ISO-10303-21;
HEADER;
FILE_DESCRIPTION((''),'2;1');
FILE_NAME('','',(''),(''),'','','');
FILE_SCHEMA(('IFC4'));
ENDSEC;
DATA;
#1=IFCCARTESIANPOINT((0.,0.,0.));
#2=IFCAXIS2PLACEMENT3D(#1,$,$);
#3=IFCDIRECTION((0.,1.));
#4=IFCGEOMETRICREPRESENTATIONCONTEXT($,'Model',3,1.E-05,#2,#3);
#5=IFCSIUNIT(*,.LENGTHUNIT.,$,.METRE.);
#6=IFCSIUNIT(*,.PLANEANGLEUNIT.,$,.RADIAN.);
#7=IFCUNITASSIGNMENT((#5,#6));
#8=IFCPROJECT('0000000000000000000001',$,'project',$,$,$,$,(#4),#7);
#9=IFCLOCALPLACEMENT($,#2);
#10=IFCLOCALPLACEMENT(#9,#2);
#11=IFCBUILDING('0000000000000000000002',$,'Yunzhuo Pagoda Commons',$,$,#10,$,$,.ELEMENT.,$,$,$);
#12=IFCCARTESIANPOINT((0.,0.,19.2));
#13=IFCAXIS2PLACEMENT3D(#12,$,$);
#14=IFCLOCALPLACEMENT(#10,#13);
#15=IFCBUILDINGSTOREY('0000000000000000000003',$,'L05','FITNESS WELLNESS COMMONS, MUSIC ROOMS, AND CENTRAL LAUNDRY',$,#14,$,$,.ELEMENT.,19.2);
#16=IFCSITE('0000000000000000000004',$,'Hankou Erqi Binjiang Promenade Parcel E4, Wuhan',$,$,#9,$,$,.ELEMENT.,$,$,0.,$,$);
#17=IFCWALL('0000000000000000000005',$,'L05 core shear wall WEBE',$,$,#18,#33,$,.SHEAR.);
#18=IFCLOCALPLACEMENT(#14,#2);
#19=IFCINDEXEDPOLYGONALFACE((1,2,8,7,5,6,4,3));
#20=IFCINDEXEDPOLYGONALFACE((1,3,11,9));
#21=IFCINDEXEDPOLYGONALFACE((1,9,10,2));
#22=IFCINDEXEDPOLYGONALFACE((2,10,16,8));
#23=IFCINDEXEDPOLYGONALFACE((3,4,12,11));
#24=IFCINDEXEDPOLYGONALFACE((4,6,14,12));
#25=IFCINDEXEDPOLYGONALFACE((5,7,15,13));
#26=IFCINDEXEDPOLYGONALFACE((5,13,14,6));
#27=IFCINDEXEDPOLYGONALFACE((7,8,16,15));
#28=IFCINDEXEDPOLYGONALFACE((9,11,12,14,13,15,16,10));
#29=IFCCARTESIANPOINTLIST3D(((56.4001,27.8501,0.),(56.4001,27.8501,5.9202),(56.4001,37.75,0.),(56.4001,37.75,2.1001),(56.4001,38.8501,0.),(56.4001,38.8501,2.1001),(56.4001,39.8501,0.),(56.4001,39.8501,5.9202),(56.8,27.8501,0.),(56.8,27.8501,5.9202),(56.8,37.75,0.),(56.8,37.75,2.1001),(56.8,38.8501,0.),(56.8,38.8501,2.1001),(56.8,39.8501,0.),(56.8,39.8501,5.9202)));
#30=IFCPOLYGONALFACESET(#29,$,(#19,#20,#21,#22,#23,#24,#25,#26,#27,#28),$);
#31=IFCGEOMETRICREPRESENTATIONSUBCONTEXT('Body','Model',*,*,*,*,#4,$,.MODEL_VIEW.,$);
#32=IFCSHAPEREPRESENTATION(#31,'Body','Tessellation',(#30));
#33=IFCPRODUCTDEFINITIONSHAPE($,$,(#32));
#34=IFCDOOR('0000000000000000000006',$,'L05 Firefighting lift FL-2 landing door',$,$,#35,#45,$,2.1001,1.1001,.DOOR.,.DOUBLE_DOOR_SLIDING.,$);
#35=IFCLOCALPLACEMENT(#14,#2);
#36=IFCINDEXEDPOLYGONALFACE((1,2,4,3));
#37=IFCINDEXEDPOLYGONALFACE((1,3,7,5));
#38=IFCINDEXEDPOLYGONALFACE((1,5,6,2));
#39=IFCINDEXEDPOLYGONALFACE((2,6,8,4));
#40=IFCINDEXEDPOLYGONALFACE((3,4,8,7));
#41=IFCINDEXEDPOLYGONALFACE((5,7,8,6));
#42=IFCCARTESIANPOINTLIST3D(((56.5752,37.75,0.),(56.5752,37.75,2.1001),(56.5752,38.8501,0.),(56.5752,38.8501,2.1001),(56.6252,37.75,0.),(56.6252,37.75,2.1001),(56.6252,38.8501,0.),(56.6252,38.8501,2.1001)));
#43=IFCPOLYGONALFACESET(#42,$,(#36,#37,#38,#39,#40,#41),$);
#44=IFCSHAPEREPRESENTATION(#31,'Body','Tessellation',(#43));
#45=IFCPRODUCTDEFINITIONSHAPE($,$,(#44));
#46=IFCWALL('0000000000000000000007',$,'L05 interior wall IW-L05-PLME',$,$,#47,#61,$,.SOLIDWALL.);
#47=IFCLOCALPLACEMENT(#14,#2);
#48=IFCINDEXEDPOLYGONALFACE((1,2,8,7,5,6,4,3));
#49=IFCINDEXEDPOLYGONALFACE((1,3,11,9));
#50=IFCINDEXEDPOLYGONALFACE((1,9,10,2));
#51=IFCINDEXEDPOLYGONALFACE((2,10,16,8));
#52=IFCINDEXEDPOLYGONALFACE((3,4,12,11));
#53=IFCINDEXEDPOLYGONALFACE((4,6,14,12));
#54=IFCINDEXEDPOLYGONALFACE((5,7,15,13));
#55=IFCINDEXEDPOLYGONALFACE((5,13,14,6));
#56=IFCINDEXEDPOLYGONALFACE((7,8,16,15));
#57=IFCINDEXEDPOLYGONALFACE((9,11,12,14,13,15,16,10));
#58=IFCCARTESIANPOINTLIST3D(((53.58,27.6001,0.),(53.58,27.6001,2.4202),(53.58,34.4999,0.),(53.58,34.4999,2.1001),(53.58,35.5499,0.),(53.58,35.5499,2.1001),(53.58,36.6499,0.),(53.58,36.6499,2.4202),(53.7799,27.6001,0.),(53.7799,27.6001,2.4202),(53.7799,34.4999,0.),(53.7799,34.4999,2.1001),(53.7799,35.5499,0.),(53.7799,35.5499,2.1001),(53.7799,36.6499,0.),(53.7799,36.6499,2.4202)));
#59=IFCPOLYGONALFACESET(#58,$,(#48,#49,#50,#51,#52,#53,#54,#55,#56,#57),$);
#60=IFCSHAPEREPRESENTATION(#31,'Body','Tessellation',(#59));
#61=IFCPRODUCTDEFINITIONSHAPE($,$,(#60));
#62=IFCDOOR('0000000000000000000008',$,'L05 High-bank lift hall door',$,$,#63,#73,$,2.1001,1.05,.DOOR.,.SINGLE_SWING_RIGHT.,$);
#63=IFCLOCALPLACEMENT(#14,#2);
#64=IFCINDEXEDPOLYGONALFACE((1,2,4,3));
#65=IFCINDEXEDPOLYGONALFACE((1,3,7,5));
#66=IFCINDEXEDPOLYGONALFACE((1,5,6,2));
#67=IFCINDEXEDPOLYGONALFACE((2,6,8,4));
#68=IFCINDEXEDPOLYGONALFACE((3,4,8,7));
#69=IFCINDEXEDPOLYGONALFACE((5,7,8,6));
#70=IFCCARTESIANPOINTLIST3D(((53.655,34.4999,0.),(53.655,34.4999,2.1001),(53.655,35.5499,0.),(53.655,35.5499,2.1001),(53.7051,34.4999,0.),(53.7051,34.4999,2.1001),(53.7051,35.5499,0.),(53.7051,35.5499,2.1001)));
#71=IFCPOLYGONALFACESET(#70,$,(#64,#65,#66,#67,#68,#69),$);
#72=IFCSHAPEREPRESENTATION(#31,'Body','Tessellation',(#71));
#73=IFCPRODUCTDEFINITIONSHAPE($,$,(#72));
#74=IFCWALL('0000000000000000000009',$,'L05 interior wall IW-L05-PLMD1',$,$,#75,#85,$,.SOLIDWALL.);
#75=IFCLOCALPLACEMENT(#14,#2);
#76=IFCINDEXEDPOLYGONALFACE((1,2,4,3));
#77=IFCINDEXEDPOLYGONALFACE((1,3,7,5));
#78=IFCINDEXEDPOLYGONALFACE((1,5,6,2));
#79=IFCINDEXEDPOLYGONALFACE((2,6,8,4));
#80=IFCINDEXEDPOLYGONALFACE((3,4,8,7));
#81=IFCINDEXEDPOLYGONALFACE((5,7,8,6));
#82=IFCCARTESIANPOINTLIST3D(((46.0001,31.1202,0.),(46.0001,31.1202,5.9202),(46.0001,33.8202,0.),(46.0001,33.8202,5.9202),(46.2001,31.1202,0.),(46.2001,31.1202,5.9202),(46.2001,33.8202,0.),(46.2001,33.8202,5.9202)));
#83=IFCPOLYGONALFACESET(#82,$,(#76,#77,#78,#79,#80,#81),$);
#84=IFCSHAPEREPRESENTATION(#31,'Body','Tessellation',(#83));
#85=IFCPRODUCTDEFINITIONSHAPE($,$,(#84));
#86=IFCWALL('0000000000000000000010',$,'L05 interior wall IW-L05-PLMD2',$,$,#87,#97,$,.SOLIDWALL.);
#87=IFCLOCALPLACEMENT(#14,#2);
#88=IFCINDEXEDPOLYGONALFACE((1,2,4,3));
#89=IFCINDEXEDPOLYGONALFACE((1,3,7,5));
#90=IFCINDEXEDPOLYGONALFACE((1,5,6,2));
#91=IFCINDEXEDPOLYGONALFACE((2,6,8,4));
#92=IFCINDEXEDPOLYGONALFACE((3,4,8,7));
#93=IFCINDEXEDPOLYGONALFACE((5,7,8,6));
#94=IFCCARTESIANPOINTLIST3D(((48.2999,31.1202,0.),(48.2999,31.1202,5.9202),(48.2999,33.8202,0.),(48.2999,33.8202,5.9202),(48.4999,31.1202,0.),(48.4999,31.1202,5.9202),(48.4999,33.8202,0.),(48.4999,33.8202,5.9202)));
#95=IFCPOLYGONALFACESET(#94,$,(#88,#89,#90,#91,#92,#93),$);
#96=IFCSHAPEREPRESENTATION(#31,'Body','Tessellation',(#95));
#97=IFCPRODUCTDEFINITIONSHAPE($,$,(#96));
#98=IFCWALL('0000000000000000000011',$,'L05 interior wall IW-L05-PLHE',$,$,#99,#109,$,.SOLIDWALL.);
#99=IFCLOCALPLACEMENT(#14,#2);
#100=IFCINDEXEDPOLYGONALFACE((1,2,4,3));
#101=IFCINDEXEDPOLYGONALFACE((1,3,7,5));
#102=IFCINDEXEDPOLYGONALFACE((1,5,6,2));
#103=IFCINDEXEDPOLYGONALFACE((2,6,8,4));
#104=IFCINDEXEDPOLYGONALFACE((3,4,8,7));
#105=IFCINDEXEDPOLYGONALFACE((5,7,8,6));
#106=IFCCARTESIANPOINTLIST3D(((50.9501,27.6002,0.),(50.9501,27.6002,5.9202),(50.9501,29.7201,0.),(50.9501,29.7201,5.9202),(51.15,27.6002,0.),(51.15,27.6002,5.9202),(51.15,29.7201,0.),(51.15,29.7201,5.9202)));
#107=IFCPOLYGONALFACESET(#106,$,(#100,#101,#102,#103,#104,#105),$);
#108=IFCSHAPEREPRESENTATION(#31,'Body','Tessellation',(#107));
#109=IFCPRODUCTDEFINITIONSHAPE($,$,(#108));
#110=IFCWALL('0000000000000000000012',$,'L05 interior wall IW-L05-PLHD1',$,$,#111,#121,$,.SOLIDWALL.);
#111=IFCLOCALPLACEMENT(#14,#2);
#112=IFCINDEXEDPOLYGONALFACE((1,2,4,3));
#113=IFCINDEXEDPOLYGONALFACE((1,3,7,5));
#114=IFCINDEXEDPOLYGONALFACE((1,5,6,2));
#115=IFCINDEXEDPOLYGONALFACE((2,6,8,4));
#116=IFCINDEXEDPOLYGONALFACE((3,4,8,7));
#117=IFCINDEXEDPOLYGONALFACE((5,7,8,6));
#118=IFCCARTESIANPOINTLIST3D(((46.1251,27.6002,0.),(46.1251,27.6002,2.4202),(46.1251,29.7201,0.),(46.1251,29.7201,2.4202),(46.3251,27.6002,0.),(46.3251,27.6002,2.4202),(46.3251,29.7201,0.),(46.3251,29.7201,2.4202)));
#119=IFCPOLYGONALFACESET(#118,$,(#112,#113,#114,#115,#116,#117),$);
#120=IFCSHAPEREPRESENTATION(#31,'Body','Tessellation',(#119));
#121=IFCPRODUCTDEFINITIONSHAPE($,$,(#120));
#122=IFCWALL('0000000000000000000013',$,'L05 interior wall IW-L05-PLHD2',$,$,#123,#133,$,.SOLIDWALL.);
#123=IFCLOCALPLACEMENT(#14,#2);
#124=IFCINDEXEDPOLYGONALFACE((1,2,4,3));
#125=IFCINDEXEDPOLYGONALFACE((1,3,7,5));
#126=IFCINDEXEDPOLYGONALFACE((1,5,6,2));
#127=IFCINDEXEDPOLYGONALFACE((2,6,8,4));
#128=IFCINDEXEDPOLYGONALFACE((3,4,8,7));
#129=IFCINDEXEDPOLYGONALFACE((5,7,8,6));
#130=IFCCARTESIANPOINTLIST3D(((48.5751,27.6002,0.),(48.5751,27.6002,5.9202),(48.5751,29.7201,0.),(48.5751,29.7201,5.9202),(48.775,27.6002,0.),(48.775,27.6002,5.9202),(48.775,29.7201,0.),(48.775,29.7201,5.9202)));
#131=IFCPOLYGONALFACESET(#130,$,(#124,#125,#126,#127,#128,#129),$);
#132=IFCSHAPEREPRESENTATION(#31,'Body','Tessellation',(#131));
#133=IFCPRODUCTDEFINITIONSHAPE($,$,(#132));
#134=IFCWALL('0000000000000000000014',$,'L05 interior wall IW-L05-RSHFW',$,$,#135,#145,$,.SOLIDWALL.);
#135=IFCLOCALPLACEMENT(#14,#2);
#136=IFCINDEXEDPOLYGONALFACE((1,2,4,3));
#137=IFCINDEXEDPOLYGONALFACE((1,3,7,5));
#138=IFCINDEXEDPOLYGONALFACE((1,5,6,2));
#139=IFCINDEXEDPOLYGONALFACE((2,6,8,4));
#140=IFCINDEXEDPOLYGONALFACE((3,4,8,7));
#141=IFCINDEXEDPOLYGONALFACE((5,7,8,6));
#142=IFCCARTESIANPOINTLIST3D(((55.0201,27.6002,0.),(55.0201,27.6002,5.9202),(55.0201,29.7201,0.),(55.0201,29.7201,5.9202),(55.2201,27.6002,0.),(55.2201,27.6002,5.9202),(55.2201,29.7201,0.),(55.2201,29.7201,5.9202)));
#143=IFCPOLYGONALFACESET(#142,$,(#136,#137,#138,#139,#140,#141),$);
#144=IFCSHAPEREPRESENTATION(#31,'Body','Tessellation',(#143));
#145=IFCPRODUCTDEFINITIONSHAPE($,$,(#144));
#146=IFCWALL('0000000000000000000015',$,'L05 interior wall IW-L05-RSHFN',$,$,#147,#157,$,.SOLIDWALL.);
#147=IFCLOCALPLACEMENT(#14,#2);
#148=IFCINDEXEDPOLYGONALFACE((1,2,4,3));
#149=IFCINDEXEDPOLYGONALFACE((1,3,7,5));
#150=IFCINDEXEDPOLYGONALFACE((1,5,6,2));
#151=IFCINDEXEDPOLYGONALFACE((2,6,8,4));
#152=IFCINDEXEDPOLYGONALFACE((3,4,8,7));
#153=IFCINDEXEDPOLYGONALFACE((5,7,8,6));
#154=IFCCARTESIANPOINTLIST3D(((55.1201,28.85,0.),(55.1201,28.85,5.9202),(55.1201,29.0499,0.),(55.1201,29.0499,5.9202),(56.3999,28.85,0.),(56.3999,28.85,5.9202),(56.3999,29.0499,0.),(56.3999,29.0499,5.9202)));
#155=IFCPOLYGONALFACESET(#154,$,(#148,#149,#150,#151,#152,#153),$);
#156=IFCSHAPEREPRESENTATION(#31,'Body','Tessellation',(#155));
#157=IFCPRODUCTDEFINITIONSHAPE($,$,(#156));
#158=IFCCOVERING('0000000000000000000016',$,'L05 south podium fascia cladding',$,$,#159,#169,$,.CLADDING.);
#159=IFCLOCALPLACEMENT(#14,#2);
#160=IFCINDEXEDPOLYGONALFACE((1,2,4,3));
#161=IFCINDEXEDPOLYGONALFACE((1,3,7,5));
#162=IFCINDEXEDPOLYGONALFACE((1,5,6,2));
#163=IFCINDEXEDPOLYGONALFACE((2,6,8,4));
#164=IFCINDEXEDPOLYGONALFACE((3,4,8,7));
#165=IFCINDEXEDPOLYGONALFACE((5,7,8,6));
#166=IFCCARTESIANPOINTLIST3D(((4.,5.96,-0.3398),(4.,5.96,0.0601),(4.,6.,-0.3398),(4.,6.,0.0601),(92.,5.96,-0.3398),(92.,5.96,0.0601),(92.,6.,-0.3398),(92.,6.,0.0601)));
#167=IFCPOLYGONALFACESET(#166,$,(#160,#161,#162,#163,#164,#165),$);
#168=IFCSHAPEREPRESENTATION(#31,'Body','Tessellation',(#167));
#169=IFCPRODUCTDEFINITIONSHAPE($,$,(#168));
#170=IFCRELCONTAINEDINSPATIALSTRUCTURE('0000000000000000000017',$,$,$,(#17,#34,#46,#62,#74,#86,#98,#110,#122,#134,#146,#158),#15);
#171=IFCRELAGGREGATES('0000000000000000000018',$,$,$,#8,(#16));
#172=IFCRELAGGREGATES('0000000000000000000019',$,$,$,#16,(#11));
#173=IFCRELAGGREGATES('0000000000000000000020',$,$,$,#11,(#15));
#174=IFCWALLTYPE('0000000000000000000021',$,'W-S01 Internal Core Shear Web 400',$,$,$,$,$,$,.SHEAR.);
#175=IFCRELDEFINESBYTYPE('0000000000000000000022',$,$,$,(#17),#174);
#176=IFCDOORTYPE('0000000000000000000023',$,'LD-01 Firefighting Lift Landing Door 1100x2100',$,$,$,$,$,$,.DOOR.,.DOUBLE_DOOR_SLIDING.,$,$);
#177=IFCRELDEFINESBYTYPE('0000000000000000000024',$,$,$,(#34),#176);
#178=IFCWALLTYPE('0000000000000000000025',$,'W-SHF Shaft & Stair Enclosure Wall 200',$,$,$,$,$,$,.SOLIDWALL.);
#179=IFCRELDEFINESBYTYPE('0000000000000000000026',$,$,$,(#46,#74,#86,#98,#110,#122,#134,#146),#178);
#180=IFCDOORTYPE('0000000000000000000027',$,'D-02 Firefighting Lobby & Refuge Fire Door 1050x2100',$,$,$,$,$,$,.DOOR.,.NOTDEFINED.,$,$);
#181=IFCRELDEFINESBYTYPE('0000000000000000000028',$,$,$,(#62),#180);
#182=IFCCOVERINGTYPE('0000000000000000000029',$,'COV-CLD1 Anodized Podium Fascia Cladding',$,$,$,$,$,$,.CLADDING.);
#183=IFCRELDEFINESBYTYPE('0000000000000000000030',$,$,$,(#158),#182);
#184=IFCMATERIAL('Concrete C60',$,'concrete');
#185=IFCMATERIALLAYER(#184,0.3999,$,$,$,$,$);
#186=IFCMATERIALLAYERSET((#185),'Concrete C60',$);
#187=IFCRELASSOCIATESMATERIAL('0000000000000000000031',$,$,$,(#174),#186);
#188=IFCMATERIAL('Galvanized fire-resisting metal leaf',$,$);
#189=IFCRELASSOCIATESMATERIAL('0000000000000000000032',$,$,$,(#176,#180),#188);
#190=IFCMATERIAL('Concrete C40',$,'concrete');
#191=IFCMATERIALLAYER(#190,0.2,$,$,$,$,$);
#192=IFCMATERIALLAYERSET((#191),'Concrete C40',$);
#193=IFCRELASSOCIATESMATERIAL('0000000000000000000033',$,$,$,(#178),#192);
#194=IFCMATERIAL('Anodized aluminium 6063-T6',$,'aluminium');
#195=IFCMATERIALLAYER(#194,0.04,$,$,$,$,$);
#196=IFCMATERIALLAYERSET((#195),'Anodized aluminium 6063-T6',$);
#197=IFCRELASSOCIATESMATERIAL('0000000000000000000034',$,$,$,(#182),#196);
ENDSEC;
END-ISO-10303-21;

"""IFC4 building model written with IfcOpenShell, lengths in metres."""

from ifc_helpers import new_model, si_unit, direction, frame, frame_2d, origin, origin_with_axes, origin_2d, place, context, subcontext, project, spatial, rectangle, extrude, source, transform, mapped, material, layer, layer_set, type_object, element, fill, save


model = new_model("IFC4")

# Units and contexts
model_context = context("Model", 3, precision=1e-05, world=origin(), true_north=direction((0.0, 1.0)))
body_context = subcontext(model_context, "Body", "Model", "MODEL_VIEW")
ifc_project = project(units=[si_unit("LENGTHUNIT", "METRE"), si_unit("PLANEANGLEUNIT", "RADIAN")], contexts=[model_context])

# Site, building, storey
site_placement = place(None, origin())
site = spatial("IfcSite", under=ifc_project, at=site_placement, Name="Hankou Erqi Binjiang Promenade Parcel E4, Wuhan", CompositionType="ELEMENT", RefElevation=0.0)
building_placement = place(site_placement, origin())
building = spatial("IfcBuilding", under=site, at=building_placement, Name="Yunzhuo Pagoda Commons", CompositionType="ELEMENT")
storey_placement = place(building_placement, frame((0.0, 0.0, 19.2)))
storey = spatial("IfcBuildingStorey", under=building, at=storey_placement, Name="L05", Description="FITNESS WELLNESS COMMONS, MUSIC ROOMS, AND CENTRAL LAUNDRY", CompositionType="ELEMENT", Elevation=19.2)

# Shared definitions
ifc_material_1 = material(Name="Anodized aluminium 6063-T6", Category="aluminium")

# Shared definitions
ifc_material_2 = material(Name="Galvanized fire-resisting metal leaf")

# Walls, openings, doors
ifc_material_3 = material(Name="Concrete C60", Category="concrete")
ifc_layer_1 = layer(ifc_material_3, 0.3999)
ifc_layer_set_1 = layer_set([ifc_layer_1], Name="Concrete C60")
wall_type_1 = type_object("IfcWallType", Name="W-S01 Internal Core Shear Web 400", PredefinedType="SHEAR", material=ifc_layer_set_1)
wall_1_placement = place(storey_placement, frame((56.6001, 27.8501, 0.0), z_axis=(0.0, 0.0, 1.0), x_axis=(0.0, 1.0, 0.0)))
wall_1 = element("IfcWall", 1, at=wall_1_placement, inside=storey, type_object=wall_type_1, Name="L05 core shear wall WEBE", PredefinedType="SHEAR", context=body_context, shape_type="SweptSolid", body=[
    extrude(rectangle(XDim=12.0, YDim=0.3999, at=frame_2d((6.0, 0.0))), origin(), (0.0, 0.0, 1.0), 5.9202),
])
opening_1_placement = place(wall_1_placement, frame((9.8999, 0.0, 0.0)))
opening_1 = element("IfcOpeningElement", 2, at=opening_1_placement, cuts=wall_1, PredefinedType="OPENING", context=body_context, shape_type="SweptSolid", body=[
    extrude(rectangle(XDim=1.1001, YDim=2.1001, at=frame_2d((0.55, 1.05))), frame((0.0, 0.21, 0.0), z_axis=(0.0, -1.0, 0.0), x_axis=(1.0, 0.0, 0.0)), (0.0, 0.0, 1.0), 0.4199),
])
door_type_1 = type_object("IfcDoorType", Name="LD-01 Firefighting Lift Landing Door 1100x2100", OperationType="DOUBLE_DOOR_SLIDING", PredefinedType="DOOR", material=ifc_material_2)
shared_shape_1 = source(origin(), body_context, "Body", "SweptSolid", [
    extrude(rectangle(XDim=1.1001, YDim=2.1001, at=frame_2d((0.55, 1.05))), frame((0.0, 0.0249, 0.0), z_axis=(0.0, -1.0, 0.0), x_axis=(1.0, 0.0, 0.0)), (0.0, 0.0, 1.0), 0.05),
])
door_1_placement = place(opening_1_placement, origin_with_axes())
door_1 = element("IfcDoor", 3, at=door_1_placement, inside=storey, type_object=door_type_1, Name="L05 Firefighting lift FL-2 landing door", OperationType="DOUBLE_DOOR_SLIDING", OverallHeight=2.1001, OverallWidth=1.1001, PredefinedType="DOOR", context=body_context, shape_type="MappedRepresentation", body=[
    mapped(shared_shape_1, transform((0.0, 0.0, 0.0), scale=1.0)),
])
fill(opening_1, door_1)
ifc_material_4 = material(Name="Concrete C40", Category="concrete")
ifc_layer_2 = layer(ifc_material_4, 0.2)
ifc_layer_set_2 = layer_set([ifc_layer_2], Name="Concrete C40")
wall_type_2 = type_object("IfcWallType", Name="W-SHF Shaft & Stair Enclosure Wall 200", PredefinedType="SOLIDWALL", material=ifc_layer_set_2)
wall_2_placement = place(storey_placement, frame((53.6799, 27.6001, 0.0), z_axis=(0.0, 0.0, 1.0), x_axis=(0.0, 1.0, 0.0)))
wall_2 = element("IfcWall", 4, at=wall_2_placement, inside=storey, type_object=wall_type_2, Name="L05 interior wall IW-L05-PLME", PredefinedType="SOLIDWALL", context=body_context, shape_type="SweptSolid", body=[
    extrude(rectangle(XDim=9.0498, YDim=0.2, at=frame_2d((4.5249, 0.0))), origin(), (0.0, 0.0, 1.0), 2.4202),
])
opening_2_placement = place(wall_2_placement, frame((6.8999, 0.0, 0.0)))
opening_2 = element("IfcOpeningElement", 5, at=opening_2_placement, cuts=wall_2, PredefinedType="OPENING", context=body_context, shape_type="SweptSolid", body=[
    extrude(rectangle(XDim=1.05, YDim=2.1001, at=frame_2d((0.5249, 1.05))), frame((0.0, 0.1099, 0.0), z_axis=(0.0, -1.0, 0.0), x_axis=(1.0, 0.0, 0.0)), (0.0, 0.0, 1.0), 0.22),
])
door_type_2 = type_object("IfcDoorType", Name="D-02 Firefighting Lobby & Refuge Fire Door 1050x2100", OperationType="NOTDEFINED", PredefinedType="DOOR", material=ifc_material_2)
shared_shape_2 = source(origin(), body_context, "Body", "SweptSolid", [
    extrude(rectangle(XDim=1.05, YDim=2.1001, at=frame_2d((0.5249, 1.05))), frame((0.0, 0.0249, 0.0), z_axis=(0.0, -1.0, 0.0), x_axis=(1.0, 0.0, 0.0)), (0.0, 0.0, 1.0), 0.05),
])
door_2_placement = place(opening_2_placement, origin_with_axes())
door_2 = element("IfcDoor", 6, at=door_2_placement, inside=storey, type_object=door_type_2, Name="L05 High-bank lift hall door", OperationType="SINGLE_SWING_RIGHT", OverallHeight=2.1001, OverallWidth=1.05, PredefinedType="DOOR", context=body_context, shape_type="MappedRepresentation", body=[
    mapped(shared_shape_2, transform((0.0, 0.0, 0.0), scale=1.0)),
])
fill(opening_2, door_2)

# Walls
for number, where, z_axis, x_axis, name in (
    (7, (46.1001, 31.1201, 0.0), (0.0, 0.0, 1.0), (0.0, 1.0, 0.0), "L05 interior wall IW-L05-PLMD1"),
    (8, (48.3999, 31.1201, 0.0), (0.0, 0.0, 1.0), (0.0, 1.0, 0.0), "L05 interior wall IW-L05-PLMD2"),
):
    element("IfcWall", number, at=place(storey_placement, frame(where, z_axis=z_axis, x_axis=x_axis)), inside=storey, type_object=wall_type_2, Name=name, PredefinedType="SOLIDWALL", context=body_context, shape_type="SweptSolid", body=[
        extrude(rectangle(XDim=2.7, YDim=0.2, at=frame_2d((1.3501, 0.0))), origin(), (0.0, 0.0, 1.0), 5.9202),
    ])
wall_3_placement = place(storey_placement, frame((51.05, 27.6001, 0.0), z_axis=(0.0, 0.0, 1.0), x_axis=(0.0, 1.0, 0.0)))
element("IfcWall", 9, at=wall_3_placement, inside=storey, type_object=wall_type_2, Name="L05 interior wall IW-L05-PLHE", PredefinedType="SOLIDWALL", context=body_context, shape_type="SweptSolid", body=[
    extrude(rectangle(XDim=2.1199, YDim=0.2, at=frame_2d((1.0601, 0.0))), origin(), (0.0, 0.0, 1.0), 5.9202),
])
wall_4_placement = place(storey_placement, frame((46.2251, 27.6001, 0.0), z_axis=(0.0, 0.0, 1.0), x_axis=(0.0, 1.0, 0.0)))
element("IfcWall", 10, at=wall_4_placement, inside=storey, type_object=wall_type_2, Name="L05 interior wall IW-L05-PLHD1", PredefinedType="SOLIDWALL", context=body_context, shape_type="SweptSolid", body=[
    extrude(rectangle(XDim=2.1199, YDim=0.2, at=frame_2d((1.0601, 0.0))), origin(), (0.0, 0.0, 1.0), 2.4202),
])
for number, where, z_axis, x_axis, name in (
    (11, (48.675, 27.6001, 0.0), (0.0, 0.0, 1.0), (0.0, 1.0, 0.0), "L05 interior wall IW-L05-PLHD2"),
    (12, (55.1201, 27.6001, 0.0), (0.0, 0.0, 1.0), (0.0, 1.0, 0.0), "L05 interior wall IW-L05-RSHFW"),
):
    element("IfcWall", number, at=place(storey_placement, frame(where, z_axis=z_axis, x_axis=x_axis)), inside=storey, type_object=wall_type_2, Name=name, PredefinedType="SOLIDWALL", context=body_context, shape_type="SweptSolid", body=[
        extrude(rectangle(XDim=2.1199, YDim=0.2, at=frame_2d((1.0601, 0.0))), origin(), (0.0, 0.0, 1.0), 5.9202),
    ])
wall_5_placement = place(storey_placement, frame((55.1201, 28.95, 0.0), z_axis=(0.0, 0.0, 1.0), x_axis=(1.0, 0.0, 0.0)))
element("IfcWall", 13, at=wall_5_placement, inside=storey, type_object=wall_type_2, Name="L05 interior wall IW-L05-RSHFN", PredefinedType="SOLIDWALL", context=body_context, shape_type="SweptSolid", body=[
    extrude(rectangle(XDim=1.2798, YDim=0.2, at=frame_2d((0.6399, 0.0))), origin(), (0.0, 0.0, 1.0), 5.9202),
])

# Covering
ifc_layer_3 = layer(ifc_material_1, 0.04)
ifc_layer_set_3 = layer_set([ifc_layer_3], Name="Anodized aluminium 6063-T6")
covering_type = type_object("IfcCoveringType", Name="COV-CLD1 Anodized Podium Fascia Cladding", PredefinedType="CLADDING", material=ifc_layer_set_3)
shared_shape_3 = source(origin(), body_context, "Body", "SweptSolid", [
    extrude(rectangle(XDim=88.0, YDim=0.04, at=origin_2d()), origin(), (0.0, 0.0, 1.0), 0.3999),
])
covering_placement = place(storey_placement, frame((48.0, 5.98, -0.3398), z_axis=(0.0, 0.0, 1.0), x_axis=(1.0, 0.0, 0.0)))
element("IfcCovering", 14, at=covering_placement, inside=storey, type_object=covering_type, Name="L05 south podium fascia cladding", PredefinedType="CLADDING", context=body_context, shape_type="MappedRepresentation", body=[
    mapped(shared_shape_3, transform((0.0, 0.0, 0.0), scale=1.0)),
])

save(model, "model.ifc")
